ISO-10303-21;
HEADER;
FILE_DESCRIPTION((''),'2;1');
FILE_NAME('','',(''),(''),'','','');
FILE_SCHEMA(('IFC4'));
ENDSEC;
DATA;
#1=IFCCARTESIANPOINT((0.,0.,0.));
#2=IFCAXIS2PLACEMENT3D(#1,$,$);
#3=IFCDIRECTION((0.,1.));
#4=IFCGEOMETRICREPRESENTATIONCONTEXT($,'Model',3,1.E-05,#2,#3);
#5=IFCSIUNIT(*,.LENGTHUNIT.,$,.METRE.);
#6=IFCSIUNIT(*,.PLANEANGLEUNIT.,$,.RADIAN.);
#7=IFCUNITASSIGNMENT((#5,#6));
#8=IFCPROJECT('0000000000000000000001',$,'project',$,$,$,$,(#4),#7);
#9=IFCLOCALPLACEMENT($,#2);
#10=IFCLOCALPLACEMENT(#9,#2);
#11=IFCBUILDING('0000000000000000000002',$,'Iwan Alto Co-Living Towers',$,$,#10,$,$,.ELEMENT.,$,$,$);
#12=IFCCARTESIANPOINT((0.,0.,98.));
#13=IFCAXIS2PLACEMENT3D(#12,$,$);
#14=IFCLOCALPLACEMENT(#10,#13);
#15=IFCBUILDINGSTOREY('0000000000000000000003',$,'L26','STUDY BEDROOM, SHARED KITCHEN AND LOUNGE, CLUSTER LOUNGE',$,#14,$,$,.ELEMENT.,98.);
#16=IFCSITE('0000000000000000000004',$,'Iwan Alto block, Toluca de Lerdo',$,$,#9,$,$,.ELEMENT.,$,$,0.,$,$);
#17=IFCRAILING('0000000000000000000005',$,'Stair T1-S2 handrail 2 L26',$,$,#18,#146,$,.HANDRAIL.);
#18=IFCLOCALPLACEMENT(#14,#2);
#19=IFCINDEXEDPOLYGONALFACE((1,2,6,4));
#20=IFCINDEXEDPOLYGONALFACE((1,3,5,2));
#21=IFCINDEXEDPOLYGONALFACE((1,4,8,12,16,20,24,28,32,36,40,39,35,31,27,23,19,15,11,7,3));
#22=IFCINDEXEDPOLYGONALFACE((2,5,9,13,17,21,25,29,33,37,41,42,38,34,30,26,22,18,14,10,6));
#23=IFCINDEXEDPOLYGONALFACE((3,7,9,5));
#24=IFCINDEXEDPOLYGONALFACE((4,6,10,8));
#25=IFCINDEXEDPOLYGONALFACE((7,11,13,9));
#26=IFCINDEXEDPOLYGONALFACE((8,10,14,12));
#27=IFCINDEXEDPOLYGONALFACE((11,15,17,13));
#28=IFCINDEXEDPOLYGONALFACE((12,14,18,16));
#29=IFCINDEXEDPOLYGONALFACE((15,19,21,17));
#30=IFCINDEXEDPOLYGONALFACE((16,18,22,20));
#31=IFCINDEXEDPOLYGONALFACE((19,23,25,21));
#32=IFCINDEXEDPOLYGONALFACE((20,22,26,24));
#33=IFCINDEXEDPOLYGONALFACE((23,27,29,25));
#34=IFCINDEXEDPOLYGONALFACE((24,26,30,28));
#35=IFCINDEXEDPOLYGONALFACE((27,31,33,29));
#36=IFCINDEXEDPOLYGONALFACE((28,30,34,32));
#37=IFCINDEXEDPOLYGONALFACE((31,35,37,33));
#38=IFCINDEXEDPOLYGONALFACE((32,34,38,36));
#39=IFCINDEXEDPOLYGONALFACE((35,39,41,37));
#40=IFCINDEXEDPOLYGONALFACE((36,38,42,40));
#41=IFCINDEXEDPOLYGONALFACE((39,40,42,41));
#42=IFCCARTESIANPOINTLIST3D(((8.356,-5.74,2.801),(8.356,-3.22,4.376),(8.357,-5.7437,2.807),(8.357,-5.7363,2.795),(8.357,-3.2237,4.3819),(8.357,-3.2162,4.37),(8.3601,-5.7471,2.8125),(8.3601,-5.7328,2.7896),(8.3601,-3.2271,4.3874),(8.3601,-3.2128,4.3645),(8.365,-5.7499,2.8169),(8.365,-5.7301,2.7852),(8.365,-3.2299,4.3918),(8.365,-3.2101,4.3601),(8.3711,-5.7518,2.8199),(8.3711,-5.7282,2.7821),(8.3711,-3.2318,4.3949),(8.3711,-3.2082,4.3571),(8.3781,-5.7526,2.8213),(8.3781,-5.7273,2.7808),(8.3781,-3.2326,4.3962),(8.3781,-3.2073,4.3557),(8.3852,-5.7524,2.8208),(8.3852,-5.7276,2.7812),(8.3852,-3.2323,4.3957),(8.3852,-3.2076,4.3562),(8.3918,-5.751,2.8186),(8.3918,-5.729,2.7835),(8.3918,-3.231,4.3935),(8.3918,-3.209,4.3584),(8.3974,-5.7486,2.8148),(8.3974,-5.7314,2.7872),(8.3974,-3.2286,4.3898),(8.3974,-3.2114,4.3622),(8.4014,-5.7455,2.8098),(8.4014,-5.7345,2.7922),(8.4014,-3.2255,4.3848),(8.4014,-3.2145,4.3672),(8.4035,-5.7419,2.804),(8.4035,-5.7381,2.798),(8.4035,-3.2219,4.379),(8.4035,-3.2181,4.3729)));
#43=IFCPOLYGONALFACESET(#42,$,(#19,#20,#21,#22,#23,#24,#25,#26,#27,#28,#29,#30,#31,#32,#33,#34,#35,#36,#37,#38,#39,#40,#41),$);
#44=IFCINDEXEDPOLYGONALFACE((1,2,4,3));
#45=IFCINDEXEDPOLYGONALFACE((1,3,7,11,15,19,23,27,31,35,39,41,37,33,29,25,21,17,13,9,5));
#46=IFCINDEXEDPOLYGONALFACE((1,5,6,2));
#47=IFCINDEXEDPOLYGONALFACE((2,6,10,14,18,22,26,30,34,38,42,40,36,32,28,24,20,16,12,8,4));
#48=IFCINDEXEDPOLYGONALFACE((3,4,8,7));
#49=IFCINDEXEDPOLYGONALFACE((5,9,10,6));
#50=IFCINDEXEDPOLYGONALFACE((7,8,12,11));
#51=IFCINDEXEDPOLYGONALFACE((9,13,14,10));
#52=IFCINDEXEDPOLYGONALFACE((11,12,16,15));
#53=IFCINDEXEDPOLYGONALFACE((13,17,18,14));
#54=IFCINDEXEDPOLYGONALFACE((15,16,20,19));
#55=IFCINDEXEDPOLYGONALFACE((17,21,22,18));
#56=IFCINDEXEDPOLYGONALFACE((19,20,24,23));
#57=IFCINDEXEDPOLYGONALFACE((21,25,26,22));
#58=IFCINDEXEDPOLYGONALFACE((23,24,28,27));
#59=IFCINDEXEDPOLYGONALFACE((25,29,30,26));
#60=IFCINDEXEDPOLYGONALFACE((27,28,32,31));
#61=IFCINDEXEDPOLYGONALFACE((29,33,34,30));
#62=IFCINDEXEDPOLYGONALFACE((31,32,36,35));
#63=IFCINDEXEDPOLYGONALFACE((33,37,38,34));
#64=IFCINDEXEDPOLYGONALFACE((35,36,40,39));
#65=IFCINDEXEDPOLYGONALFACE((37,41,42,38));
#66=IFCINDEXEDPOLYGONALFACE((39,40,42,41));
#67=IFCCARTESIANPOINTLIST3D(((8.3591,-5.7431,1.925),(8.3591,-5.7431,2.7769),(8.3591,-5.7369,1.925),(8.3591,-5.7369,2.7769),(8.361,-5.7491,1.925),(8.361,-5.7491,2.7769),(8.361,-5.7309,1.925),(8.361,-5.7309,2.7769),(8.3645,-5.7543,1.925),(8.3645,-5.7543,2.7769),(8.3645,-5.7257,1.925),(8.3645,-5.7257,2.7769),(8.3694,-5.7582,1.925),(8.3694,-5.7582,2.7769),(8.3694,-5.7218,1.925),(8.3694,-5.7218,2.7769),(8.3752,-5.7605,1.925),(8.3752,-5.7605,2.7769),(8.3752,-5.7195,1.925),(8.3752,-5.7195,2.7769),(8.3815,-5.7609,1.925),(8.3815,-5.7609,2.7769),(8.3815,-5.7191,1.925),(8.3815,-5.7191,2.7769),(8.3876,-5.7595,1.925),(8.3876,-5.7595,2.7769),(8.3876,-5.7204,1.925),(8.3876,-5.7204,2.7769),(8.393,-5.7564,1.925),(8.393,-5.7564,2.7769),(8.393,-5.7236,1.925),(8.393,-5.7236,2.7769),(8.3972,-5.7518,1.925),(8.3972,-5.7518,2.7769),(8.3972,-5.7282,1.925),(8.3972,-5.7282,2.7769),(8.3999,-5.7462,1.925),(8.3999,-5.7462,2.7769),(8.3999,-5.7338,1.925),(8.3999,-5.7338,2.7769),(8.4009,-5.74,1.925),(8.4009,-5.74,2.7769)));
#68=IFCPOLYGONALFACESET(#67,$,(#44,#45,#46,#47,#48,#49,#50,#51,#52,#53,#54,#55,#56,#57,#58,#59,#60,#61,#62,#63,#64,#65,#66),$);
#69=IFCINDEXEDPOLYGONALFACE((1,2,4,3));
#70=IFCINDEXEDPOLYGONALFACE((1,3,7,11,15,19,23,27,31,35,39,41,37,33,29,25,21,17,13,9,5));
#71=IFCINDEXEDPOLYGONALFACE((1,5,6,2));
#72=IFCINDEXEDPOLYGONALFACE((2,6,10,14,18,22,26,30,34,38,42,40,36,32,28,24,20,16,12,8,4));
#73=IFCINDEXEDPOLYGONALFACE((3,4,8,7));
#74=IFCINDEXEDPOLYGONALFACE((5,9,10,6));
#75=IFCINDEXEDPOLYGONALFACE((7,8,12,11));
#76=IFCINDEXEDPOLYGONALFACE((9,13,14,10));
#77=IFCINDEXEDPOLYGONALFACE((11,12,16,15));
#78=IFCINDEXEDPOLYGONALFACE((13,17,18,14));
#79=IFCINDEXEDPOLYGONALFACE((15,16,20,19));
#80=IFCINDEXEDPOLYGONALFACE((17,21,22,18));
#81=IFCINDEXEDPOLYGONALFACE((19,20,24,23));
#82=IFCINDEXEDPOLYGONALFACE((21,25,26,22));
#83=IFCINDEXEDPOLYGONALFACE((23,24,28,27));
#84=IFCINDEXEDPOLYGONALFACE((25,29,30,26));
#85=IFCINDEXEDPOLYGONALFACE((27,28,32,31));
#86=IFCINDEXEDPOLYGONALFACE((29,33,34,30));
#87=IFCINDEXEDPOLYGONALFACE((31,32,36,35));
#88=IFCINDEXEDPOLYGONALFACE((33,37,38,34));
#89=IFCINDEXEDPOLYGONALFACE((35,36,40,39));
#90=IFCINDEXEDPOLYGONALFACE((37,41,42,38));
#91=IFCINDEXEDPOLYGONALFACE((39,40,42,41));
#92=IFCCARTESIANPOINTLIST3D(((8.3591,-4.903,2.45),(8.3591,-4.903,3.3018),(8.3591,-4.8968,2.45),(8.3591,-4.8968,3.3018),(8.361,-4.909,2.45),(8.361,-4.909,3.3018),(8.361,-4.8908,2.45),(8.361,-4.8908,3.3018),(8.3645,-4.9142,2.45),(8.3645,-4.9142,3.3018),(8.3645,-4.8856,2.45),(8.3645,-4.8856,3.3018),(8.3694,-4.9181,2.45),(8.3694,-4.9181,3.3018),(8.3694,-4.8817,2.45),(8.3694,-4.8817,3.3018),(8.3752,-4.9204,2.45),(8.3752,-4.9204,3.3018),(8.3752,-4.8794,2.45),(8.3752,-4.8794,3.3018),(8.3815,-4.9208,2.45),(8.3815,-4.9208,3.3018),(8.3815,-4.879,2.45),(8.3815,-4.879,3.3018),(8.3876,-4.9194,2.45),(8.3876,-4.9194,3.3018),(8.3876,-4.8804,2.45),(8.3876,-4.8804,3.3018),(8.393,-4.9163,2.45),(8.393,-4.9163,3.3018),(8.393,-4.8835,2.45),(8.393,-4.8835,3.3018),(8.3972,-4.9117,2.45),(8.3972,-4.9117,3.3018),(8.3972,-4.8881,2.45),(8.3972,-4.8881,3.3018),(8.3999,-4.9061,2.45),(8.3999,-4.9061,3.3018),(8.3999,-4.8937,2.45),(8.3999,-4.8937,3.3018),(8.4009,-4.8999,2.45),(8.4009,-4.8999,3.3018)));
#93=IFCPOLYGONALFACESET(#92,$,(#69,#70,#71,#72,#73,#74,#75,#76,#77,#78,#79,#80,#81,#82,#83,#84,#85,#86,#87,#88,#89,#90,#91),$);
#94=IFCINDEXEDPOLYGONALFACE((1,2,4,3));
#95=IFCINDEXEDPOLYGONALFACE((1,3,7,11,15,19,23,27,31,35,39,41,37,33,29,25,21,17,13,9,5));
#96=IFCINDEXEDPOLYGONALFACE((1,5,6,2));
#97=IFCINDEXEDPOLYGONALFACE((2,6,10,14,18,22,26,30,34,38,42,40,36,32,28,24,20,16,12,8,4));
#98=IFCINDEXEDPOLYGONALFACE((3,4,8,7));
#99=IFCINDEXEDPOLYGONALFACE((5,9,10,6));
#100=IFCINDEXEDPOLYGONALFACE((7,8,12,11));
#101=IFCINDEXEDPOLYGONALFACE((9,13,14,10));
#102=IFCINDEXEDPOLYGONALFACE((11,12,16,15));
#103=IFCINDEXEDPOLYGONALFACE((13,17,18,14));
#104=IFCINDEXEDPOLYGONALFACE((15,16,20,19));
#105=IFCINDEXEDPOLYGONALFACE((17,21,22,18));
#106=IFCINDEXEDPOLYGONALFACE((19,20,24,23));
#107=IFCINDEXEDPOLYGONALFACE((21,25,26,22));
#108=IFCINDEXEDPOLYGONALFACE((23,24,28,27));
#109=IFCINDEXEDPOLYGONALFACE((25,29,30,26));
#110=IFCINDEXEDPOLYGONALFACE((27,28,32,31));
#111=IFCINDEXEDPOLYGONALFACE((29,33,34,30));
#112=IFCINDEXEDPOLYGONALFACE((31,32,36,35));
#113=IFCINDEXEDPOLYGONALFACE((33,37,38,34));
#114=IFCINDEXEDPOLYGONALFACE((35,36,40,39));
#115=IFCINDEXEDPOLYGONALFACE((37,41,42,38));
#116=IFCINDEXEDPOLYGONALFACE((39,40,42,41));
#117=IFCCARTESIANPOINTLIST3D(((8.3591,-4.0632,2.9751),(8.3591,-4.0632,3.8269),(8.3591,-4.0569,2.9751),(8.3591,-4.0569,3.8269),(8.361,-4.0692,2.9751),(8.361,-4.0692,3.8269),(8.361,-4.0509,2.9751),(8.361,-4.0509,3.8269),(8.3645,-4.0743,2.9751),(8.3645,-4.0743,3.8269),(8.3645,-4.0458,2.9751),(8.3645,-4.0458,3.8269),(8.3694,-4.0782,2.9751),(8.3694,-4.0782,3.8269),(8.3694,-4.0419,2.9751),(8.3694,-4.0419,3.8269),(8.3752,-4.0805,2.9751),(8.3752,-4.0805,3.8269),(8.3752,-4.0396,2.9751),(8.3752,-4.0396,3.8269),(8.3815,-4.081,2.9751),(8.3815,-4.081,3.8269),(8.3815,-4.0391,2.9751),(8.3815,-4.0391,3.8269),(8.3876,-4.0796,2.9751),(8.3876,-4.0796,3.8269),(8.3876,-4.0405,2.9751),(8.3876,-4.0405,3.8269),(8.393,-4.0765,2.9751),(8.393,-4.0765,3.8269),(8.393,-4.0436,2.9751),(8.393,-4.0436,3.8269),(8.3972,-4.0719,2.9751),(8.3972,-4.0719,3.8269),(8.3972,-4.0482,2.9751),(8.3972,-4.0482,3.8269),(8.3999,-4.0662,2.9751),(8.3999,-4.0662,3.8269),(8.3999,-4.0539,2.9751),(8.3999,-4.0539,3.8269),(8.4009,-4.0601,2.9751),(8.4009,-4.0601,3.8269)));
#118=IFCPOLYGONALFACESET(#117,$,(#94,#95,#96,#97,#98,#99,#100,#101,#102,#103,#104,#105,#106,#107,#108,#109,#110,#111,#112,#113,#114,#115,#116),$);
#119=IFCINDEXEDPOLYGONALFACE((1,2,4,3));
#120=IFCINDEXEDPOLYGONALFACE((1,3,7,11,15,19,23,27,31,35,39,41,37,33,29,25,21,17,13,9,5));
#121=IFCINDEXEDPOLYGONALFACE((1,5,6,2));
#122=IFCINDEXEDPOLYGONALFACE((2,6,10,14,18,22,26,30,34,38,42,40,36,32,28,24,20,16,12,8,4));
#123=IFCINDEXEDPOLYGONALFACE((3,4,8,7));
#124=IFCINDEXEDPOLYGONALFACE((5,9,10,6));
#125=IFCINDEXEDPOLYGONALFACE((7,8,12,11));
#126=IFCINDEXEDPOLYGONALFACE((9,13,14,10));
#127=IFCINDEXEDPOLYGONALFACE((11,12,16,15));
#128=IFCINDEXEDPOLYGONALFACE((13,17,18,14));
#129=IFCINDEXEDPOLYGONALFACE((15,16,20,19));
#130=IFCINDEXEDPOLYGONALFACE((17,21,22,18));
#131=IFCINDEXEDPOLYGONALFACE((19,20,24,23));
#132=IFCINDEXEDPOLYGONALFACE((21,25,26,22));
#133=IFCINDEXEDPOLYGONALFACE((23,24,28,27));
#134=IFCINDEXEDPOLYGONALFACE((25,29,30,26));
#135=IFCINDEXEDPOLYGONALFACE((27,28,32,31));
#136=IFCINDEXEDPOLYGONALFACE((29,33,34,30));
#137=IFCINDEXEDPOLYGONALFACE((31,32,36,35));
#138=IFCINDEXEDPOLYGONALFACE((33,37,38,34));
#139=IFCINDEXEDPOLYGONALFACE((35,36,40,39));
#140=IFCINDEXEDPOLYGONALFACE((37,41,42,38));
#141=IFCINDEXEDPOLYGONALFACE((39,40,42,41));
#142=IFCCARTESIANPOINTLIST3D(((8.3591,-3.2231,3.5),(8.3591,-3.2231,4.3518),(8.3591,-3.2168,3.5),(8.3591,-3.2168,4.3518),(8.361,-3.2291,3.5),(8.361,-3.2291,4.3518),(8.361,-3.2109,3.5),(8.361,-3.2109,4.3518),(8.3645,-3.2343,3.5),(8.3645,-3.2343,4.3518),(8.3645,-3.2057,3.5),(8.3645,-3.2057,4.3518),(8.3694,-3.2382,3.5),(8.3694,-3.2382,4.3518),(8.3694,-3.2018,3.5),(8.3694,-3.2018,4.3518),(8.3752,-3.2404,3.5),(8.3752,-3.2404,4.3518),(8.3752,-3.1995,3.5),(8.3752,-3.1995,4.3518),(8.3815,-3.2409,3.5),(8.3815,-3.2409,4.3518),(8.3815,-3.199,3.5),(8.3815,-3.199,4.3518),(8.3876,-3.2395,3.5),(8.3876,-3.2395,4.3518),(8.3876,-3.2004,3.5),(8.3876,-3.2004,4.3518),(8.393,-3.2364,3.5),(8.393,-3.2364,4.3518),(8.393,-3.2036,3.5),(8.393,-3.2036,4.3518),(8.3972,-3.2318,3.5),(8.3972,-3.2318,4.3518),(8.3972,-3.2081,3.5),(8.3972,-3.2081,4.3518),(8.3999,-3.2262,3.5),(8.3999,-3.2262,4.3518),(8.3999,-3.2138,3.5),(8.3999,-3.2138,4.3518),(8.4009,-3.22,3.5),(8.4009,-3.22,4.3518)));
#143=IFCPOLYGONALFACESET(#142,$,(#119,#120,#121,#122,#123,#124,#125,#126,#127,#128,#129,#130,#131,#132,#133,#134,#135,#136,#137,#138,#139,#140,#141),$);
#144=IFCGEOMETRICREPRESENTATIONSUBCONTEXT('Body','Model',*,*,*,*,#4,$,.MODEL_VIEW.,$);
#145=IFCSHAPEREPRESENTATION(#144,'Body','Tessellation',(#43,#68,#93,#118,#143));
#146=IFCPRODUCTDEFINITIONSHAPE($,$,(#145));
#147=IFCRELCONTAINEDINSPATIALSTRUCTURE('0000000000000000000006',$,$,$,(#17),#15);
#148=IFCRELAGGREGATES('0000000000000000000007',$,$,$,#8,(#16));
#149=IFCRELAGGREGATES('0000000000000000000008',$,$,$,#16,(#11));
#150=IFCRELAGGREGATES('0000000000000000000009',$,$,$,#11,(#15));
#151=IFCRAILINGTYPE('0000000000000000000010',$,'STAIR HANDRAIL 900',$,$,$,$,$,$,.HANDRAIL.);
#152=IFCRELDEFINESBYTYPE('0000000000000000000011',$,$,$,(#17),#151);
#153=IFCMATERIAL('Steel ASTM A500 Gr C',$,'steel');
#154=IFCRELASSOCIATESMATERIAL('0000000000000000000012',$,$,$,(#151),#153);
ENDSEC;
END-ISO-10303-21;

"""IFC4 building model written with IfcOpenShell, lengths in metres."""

from ifc_helpers import new_model, si_unit, direction, frame, origin, origin_2d, place, context, subcontext, project, spatial, circle, extrude, material, type_object, element, save


model = new_model("IFC4")

# Units and contexts
model_context = context("Model", 3, precision=1e-05, world=origin(), true_north=direction((0.0, 1.0)))
body_context = subcontext(model_context, "Body", "Model", "MODEL_VIEW")
ifc_project = project(units=[si_unit("LENGTHUNIT", "METRE"), si_unit("PLANEANGLEUNIT", "RADIAN")], contexts=[model_context])

# Site, building, storey
site_placement = place(None, origin())
site = spatial("IfcSite", under=ifc_project, at=site_placement, Name="Iwan Alto block, Toluca de Lerdo", CompositionType="ELEMENT", RefElevation=0.0)
building_placement = place(site_placement, origin())
building = spatial("IfcBuilding", under=site, at=building_placement, Name="Iwan Alto Co-Living Towers", CompositionType="ELEMENT")
storey_placement = place(building_placement, frame((0.0, 0.0, 98.0)))
storey = spatial("IfcBuildingStorey", under=building, at=storey_placement, Name="L26", Description="STUDY BEDROOM, SHARED KITCHEN AND LOUNGE, CLUSTER LOUNGE", CompositionType="ELEMENT", Elevation=98.0)

# Railing
ifc_material_1 = material(Name="Steel ASTM A500 Gr C", Category="steel")
railing_type = type_object("IfcRailingType", Name="STAIR HANDRAIL 900", PredefinedType="HANDRAIL", material=ifc_material_1)
railing_1_placement = place(storey_placement, frame((8.3799, -5.74, 1.925)))
element("IfcRailing", 1, at=railing_1_placement, inside=storey, type_object=railing_type, Name="Stair T1-S2 handrail 2 L26", PredefinedType="HANDRAIL", context=body_context, shape_type="SweptSolid", body=[
    extrude(circle(Radius=0.0239, at=origin_2d()), frame((0.0, 0.0, 0.876), z_axis=(0.0, 0.848008, 0.529984), x_axis=(-1.0, 0.0, 0.0)), (0.0, 0.0, 1.0), 2.9717),
    extrude(circle(Radius=0.021, at=origin_2d()), origin(), (0.0, 0.0, 1.0), 0.8518),
    extrude(circle(Radius=0.021, at=origin_2d()), frame((0.0, 0.8401, 0.5249)), (0.0, 0.0, 1.0), 0.8518),
    extrude(circle(Radius=0.021, at=origin_2d()), frame((0.0, 1.6799, 1.05)), (0.0, 0.0, 1.0), 0.8518),
    extrude(circle(Radius=0.021, at=origin_2d()), frame((0.0, 2.52, 1.575)), (0.0, 0.0, 1.0), 0.8518),
])

save(model, "model.ifc")
